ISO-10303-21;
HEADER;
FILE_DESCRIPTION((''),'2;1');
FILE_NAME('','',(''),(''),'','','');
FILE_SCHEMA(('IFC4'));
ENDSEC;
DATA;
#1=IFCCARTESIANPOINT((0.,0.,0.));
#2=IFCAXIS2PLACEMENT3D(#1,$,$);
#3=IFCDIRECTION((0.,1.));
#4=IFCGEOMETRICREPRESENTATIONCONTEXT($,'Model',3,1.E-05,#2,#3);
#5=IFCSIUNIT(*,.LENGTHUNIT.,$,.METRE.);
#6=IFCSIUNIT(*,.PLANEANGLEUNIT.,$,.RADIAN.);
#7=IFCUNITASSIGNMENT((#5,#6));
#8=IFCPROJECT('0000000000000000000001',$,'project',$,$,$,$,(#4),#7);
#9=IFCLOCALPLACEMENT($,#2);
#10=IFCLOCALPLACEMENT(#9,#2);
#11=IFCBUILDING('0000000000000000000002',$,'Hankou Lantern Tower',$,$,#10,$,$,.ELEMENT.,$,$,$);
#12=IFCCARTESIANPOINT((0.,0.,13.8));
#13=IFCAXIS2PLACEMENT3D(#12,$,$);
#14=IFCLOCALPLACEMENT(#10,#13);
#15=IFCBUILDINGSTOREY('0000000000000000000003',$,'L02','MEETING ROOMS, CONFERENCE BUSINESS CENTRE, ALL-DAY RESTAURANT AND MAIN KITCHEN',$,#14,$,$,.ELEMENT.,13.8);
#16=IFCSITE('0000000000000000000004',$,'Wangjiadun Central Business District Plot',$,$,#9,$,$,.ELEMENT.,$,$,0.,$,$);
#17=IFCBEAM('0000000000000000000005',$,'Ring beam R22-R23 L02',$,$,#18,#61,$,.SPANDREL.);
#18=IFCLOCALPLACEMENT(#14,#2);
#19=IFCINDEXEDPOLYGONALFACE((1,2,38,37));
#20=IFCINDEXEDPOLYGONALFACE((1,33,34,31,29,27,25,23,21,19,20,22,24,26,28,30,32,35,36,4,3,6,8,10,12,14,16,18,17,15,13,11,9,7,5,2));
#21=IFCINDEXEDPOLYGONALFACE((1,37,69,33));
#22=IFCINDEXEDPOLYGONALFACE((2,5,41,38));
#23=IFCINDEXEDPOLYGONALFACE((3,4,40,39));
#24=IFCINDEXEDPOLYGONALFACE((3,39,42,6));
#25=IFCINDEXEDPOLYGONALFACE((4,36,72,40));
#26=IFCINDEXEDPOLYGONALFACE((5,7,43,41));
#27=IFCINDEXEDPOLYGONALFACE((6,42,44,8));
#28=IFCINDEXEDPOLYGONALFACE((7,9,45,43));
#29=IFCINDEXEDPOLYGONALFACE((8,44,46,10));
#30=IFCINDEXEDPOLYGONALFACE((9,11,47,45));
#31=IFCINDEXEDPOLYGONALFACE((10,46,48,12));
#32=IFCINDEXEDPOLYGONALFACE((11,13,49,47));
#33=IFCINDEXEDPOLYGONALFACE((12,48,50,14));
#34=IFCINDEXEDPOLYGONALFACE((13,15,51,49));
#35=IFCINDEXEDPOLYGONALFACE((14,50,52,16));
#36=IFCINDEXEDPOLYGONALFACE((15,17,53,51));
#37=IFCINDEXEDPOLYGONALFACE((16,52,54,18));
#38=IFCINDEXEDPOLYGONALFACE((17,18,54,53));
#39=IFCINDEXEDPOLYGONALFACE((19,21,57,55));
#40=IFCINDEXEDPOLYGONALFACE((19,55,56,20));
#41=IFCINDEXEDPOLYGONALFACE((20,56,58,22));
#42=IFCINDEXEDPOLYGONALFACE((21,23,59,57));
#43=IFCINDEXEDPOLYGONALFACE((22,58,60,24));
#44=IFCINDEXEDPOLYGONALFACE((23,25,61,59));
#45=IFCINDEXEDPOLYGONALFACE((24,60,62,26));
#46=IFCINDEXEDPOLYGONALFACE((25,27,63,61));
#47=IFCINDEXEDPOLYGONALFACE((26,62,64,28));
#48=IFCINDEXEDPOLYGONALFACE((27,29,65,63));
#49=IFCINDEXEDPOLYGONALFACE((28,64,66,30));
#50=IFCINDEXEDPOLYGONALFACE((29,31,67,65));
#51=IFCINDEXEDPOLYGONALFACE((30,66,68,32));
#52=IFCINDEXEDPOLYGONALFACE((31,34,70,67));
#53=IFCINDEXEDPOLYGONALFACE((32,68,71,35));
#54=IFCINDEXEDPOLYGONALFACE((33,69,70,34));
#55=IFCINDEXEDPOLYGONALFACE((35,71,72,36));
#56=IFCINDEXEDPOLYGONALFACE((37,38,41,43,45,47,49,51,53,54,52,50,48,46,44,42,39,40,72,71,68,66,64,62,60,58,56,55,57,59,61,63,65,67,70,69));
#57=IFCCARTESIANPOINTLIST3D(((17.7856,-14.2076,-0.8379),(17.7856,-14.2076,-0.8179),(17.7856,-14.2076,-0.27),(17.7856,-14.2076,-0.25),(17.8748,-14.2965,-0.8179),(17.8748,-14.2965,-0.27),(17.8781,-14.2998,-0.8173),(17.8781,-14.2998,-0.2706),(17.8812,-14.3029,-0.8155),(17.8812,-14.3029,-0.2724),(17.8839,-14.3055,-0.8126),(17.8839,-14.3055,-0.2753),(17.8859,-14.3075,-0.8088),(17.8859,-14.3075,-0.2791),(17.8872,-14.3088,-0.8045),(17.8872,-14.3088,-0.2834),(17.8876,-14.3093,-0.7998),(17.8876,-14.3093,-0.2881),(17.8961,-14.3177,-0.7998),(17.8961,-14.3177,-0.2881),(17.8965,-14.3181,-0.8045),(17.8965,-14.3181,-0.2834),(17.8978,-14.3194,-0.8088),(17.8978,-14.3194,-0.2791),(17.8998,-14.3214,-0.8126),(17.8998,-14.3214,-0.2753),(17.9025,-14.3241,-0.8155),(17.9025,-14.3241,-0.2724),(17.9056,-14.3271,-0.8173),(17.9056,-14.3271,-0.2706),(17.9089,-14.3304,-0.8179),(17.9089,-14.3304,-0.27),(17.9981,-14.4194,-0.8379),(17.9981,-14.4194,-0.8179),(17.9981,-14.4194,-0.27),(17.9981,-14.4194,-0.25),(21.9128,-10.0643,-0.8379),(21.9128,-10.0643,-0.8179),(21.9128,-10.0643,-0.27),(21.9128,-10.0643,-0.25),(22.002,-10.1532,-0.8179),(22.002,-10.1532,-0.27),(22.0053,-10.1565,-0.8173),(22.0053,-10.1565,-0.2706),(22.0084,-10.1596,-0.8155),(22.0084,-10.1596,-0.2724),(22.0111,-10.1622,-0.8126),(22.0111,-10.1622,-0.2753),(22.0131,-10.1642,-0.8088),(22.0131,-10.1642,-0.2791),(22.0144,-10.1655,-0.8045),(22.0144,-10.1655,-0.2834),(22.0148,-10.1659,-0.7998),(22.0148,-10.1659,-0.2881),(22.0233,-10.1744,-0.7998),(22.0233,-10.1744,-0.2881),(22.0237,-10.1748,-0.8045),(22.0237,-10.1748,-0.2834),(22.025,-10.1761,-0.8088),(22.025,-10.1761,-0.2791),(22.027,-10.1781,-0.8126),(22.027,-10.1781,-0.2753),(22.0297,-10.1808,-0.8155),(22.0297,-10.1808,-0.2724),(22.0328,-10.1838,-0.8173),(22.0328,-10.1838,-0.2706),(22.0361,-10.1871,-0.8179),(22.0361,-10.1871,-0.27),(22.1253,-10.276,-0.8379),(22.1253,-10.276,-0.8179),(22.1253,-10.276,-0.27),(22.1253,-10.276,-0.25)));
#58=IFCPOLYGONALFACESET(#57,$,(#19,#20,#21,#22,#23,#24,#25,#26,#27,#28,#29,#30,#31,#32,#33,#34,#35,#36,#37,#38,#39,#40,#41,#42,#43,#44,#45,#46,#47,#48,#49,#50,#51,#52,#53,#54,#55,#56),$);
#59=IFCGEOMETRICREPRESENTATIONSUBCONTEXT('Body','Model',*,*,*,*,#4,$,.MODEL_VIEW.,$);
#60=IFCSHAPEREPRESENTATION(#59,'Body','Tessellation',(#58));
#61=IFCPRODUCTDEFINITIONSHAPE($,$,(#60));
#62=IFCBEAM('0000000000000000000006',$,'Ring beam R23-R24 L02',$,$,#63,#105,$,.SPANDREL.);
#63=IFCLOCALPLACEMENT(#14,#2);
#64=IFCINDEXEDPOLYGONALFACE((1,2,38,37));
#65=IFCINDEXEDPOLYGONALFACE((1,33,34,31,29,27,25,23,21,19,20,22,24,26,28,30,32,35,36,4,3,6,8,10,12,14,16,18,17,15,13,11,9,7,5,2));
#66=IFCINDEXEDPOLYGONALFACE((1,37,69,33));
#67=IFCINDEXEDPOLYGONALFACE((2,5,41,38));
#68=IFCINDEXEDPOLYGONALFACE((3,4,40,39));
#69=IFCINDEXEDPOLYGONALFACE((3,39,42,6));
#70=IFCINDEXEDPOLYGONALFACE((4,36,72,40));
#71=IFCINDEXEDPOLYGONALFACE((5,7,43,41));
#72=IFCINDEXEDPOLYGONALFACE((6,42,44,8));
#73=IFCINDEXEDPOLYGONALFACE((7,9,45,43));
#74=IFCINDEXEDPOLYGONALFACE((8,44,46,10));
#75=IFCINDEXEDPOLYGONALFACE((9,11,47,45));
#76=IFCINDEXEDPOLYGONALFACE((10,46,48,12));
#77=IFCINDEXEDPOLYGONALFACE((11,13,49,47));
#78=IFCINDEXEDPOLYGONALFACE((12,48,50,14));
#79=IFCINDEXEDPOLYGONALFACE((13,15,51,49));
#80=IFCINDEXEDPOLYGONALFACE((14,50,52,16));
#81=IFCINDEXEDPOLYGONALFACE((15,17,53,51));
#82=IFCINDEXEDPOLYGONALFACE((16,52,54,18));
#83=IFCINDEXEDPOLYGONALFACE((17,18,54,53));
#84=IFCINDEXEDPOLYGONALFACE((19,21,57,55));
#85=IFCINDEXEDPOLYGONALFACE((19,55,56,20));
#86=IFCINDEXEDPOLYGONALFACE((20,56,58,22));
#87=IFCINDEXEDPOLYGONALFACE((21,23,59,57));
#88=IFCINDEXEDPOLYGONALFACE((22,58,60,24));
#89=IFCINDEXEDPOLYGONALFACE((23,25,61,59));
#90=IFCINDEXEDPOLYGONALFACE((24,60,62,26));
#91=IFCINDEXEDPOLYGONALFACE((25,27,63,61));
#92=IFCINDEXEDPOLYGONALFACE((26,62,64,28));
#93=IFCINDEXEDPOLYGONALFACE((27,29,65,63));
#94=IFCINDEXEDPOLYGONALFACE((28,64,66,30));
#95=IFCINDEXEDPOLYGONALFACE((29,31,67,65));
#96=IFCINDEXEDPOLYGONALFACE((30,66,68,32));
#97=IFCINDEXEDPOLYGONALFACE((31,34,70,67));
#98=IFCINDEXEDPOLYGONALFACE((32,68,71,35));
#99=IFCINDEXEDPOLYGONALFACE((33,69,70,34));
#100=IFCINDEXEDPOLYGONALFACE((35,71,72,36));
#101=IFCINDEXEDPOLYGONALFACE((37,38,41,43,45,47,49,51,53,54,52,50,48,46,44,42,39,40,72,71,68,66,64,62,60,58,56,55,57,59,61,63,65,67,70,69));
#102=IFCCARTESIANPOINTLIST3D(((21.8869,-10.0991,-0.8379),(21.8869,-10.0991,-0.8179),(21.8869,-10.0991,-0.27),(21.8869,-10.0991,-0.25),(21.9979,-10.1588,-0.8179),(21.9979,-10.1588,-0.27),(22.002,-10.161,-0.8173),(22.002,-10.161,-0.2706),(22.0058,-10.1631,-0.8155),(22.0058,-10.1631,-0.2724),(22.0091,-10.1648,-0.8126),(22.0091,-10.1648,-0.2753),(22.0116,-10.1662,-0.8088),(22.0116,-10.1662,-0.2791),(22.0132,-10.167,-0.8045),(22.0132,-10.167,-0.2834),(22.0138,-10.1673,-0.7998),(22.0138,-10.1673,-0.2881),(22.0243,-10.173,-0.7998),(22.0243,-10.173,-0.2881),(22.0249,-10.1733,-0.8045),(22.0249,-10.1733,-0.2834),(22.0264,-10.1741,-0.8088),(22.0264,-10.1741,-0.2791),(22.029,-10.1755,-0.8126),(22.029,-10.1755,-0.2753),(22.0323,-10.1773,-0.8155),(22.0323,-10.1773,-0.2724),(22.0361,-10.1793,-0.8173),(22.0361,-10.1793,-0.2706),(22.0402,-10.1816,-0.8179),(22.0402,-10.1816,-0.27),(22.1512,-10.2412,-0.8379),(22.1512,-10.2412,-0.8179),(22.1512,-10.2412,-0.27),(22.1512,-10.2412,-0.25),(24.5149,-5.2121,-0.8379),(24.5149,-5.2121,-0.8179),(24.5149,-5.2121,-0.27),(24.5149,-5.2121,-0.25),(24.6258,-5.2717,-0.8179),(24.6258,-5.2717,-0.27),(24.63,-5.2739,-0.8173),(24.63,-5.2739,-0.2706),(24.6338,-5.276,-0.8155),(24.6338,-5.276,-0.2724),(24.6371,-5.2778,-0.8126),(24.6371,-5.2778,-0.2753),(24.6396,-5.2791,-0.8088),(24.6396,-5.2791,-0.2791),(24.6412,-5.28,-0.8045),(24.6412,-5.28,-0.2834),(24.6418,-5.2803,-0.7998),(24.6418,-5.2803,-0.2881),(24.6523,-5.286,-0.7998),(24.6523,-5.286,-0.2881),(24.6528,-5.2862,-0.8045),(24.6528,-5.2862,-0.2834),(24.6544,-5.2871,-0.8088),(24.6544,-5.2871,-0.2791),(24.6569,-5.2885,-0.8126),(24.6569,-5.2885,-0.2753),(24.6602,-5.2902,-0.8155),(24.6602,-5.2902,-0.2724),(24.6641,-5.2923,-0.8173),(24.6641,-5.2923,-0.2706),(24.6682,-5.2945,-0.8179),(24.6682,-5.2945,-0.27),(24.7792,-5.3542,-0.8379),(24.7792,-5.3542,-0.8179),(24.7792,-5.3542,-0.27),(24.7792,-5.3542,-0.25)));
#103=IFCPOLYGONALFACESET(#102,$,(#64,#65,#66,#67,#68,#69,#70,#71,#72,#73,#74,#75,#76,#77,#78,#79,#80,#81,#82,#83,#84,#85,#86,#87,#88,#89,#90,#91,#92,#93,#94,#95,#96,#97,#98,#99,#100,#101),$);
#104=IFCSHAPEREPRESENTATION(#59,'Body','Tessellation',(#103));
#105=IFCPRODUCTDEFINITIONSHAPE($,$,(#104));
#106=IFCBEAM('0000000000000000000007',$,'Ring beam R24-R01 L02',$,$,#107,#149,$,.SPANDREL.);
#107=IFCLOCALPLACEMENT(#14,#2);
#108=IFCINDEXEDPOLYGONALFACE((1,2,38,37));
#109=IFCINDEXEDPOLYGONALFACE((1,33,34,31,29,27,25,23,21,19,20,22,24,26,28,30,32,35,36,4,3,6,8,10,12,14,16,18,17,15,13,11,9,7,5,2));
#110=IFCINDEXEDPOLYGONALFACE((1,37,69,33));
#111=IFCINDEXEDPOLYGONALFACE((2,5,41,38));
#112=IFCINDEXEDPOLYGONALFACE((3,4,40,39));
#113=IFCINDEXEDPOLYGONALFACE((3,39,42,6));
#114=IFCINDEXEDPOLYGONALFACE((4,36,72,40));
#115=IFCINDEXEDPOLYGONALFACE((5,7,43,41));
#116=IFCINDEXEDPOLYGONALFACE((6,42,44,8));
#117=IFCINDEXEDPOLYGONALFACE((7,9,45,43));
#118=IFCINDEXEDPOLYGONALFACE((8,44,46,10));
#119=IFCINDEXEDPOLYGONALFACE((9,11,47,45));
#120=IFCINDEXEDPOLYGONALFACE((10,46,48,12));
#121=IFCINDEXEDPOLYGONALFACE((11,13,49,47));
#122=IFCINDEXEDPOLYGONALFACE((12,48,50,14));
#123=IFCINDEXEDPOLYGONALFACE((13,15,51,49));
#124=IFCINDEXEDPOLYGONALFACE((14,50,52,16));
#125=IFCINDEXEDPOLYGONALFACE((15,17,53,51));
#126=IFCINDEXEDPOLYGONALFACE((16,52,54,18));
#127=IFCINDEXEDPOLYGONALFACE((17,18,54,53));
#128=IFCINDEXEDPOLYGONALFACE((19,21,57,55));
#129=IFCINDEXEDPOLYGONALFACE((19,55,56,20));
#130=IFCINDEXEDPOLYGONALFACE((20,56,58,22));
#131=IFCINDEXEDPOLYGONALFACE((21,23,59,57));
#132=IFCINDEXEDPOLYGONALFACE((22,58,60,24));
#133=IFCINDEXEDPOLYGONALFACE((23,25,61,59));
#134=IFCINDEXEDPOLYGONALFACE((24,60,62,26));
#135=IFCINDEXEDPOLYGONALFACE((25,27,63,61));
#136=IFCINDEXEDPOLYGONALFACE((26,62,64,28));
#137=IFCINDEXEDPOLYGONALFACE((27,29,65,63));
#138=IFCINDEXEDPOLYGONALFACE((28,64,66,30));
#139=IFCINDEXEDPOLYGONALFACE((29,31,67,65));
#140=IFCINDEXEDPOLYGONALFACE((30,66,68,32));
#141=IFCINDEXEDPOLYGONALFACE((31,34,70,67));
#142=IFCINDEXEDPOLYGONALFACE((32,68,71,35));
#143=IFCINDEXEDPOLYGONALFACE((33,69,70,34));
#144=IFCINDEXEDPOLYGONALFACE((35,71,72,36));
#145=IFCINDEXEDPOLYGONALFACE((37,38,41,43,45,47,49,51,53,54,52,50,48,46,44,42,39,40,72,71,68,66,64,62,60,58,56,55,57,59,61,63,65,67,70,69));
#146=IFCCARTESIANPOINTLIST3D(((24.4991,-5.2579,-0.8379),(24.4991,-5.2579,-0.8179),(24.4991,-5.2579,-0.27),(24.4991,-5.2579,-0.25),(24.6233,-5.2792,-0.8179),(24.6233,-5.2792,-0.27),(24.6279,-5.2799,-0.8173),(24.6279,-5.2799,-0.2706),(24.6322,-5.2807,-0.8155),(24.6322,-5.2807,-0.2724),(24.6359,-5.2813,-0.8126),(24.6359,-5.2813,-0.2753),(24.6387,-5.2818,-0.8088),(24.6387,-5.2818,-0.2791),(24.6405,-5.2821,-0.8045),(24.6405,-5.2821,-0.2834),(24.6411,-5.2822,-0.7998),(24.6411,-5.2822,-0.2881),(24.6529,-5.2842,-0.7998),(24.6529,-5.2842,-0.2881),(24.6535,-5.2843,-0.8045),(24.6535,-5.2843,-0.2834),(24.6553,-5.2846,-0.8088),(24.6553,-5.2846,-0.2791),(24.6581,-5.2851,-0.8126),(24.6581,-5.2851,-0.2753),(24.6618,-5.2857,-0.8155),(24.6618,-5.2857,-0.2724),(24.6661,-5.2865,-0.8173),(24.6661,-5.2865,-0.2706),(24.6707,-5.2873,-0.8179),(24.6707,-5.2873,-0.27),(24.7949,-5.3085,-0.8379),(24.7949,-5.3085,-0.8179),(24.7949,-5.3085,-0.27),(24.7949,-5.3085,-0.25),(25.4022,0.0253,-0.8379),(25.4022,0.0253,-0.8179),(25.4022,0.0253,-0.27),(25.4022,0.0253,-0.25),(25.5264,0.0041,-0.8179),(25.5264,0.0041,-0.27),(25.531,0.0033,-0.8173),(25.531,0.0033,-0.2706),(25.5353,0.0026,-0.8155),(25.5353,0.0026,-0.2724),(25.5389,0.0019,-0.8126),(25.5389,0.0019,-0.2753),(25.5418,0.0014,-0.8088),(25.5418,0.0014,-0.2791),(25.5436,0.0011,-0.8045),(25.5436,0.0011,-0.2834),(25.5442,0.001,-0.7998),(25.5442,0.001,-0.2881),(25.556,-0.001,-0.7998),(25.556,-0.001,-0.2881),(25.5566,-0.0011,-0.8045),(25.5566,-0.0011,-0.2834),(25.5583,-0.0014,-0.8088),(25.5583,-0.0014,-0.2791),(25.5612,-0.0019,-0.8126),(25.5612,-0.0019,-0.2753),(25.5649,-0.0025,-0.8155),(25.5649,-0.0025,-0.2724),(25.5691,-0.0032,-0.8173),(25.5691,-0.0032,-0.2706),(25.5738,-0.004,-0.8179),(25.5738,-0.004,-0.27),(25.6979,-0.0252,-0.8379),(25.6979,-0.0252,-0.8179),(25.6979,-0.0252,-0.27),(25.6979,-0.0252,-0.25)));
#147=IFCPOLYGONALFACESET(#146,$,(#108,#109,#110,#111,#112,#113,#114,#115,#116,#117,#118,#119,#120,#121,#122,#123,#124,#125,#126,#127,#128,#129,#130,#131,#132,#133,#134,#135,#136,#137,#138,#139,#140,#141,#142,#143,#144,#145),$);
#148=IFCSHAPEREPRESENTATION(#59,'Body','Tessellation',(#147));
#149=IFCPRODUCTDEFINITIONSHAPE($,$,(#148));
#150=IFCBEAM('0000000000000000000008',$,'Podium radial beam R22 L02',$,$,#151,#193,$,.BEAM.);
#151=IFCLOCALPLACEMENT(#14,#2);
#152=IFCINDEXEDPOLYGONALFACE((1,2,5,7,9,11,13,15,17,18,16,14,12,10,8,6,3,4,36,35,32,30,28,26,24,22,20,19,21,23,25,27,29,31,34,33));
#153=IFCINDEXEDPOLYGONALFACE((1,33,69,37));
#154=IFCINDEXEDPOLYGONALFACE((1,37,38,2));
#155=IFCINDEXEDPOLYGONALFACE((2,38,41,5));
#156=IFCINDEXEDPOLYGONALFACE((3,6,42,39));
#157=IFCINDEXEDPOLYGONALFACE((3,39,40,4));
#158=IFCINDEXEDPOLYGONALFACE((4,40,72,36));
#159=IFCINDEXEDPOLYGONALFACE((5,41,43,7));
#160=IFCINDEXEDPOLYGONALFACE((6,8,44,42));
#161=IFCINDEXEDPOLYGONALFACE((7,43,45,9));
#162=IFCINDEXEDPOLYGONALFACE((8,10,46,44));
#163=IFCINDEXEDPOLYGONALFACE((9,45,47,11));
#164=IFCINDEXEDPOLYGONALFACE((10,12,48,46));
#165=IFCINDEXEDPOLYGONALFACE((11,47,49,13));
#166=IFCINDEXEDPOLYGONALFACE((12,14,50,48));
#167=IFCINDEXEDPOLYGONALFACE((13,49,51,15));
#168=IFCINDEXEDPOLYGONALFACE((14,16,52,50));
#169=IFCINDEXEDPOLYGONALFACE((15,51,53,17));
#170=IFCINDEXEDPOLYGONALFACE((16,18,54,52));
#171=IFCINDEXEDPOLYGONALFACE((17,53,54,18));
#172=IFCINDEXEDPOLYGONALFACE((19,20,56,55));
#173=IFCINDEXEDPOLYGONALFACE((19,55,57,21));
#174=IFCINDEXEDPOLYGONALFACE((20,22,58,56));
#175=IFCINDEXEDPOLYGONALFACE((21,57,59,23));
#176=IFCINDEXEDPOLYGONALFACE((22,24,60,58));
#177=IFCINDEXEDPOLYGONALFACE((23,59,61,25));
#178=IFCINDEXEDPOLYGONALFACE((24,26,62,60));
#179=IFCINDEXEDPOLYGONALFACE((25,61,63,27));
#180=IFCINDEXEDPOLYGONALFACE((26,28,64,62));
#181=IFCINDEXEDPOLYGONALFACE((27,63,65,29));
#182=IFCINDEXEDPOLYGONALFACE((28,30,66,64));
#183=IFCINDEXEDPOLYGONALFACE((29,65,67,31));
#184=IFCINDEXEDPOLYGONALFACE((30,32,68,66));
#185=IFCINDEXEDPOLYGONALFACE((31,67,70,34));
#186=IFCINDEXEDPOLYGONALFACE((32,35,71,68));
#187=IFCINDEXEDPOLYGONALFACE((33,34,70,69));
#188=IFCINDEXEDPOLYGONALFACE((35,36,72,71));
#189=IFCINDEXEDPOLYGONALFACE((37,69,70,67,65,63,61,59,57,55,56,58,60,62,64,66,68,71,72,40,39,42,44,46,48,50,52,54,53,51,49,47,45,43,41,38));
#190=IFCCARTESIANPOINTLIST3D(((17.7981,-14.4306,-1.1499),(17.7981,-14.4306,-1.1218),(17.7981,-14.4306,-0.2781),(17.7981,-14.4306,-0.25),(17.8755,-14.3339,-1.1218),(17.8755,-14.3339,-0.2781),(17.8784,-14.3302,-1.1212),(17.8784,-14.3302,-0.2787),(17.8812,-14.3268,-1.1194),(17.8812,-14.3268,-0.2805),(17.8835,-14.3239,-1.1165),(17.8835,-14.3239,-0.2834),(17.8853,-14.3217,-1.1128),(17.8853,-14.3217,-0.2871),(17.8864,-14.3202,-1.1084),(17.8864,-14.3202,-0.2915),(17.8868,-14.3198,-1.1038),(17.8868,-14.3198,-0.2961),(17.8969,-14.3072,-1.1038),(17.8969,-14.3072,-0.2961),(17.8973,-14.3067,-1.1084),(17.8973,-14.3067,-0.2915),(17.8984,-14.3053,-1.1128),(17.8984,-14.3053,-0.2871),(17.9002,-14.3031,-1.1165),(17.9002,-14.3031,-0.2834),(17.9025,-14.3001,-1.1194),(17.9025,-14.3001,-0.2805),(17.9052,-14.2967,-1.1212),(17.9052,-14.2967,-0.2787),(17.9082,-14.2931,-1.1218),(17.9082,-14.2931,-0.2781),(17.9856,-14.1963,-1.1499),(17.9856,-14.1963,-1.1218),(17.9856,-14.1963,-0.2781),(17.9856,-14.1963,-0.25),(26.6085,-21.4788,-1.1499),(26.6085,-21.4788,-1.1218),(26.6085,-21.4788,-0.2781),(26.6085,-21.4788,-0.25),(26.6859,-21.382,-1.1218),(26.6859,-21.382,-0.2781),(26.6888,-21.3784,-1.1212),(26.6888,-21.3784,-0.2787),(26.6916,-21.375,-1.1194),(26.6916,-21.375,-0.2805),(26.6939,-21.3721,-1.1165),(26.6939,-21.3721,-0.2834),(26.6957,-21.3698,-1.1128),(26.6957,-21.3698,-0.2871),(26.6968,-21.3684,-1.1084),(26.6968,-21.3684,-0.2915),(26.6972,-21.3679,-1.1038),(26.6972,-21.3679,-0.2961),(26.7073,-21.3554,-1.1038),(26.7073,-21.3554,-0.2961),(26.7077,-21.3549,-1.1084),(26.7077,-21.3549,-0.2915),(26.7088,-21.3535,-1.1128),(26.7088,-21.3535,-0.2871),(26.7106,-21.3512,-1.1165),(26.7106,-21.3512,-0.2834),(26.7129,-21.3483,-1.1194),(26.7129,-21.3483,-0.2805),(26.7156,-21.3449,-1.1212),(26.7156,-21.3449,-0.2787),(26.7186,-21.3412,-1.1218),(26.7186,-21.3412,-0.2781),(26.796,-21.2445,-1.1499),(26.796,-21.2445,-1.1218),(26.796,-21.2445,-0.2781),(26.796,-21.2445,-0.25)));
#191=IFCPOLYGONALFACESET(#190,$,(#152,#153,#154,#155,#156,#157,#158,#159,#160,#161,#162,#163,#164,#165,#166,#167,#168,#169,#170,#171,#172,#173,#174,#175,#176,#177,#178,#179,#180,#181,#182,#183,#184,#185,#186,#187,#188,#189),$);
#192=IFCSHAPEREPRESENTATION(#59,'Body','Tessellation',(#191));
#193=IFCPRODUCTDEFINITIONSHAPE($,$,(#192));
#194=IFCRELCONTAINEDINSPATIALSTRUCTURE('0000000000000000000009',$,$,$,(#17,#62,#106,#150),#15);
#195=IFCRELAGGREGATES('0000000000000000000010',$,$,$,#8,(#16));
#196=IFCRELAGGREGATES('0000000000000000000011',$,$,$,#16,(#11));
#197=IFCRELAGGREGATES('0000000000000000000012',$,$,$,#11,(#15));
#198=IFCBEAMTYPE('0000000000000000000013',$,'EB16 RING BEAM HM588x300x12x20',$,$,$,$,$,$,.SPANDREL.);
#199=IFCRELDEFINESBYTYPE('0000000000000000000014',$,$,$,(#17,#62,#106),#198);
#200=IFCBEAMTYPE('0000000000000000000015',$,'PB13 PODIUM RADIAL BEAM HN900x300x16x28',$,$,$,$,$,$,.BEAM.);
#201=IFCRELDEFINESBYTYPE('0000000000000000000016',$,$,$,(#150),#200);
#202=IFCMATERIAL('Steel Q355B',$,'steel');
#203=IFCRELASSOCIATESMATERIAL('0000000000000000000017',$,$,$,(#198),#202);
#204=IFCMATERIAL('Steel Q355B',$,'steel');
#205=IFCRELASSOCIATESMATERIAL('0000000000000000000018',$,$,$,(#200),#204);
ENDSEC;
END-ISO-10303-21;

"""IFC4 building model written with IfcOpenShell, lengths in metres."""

from ifc_helpers import new_model, si_unit, direction, frame, origin, origin_2d, place, context, subcontext, project, spatial, i_section, extrude, material, material_profile, profile_set, type_object, element, save


model = new_model("IFC4")

# Units and contexts
model_context = context("Model", 3, precision=1e-05, world=origin(), true_north=direction((0.0, 1.0)))
body_context = subcontext(model_context, "Body", "Model", "MODEL_VIEW")
ifc_project = project(units=[si_unit("LENGTHUNIT", "METRE"), si_unit("PLANEANGLEUNIT", "RADIAN")], contexts=[model_context])

# Site, building, storey
site_placement = place(None, origin())
site = spatial("IfcSite", under=ifc_project, at=site_placement, Name="Wangjiadun Central Business District Plot", CompositionType="ELEMENT", RefElevation=0.0)
building_placement = place(site_placement, origin())
building = spatial("IfcBuilding", under=site, at=building_placement, Name="Hankou Lantern Tower", CompositionType="ELEMENT")
storey_placement = place(building_placement, frame((0.0, 0.0, 13.8)))
storey = spatial("IfcBuildingStorey", under=building, at=storey_placement, Name="L02", Description="MEETING ROOMS, CONFERENCE BUSINESS CENTRE, ALL-DAY RESTAURANT AND MAIN KITCHEN", CompositionType="ELEMENT", Elevation=13.8)

# Beams
ifc_material_1 = material(Name="Steel Q355B", Category="steel")
ifc_material_profile_1 = material_profile(ifc_material_1, i_section(OverallWidth=0.3, OverallDepth=0.5879, WebThickness=0.012, FlangeThickness=0.02, FilletRadius=0.0181, at=origin_2d()), Name="HM588x300x12x20")
ifc_profile_set_1 = profile_set([ifc_material_profile_1], Name="Steel Q355B")
beam_type_1 = type_object("IfcBeamType", Name="EB16 RING BEAM HM588x300x12x20", PredefinedType="SPANDREL", material=ifc_profile_set_1)
beam_1_placement = place(storey_placement, frame((17.8918, -14.3135, -0.5439), z_axis=(0.705728, 0.708483, 0.0), x_axis=(-0.708483, 0.705728, 0.0)))
element("IfcBeam", 1, at=beam_1_placement, inside=storey, type_object=beam_type_1, Name="Ring beam R22-R23 L02", PredefinedType="SPANDREL", context=body_context, shape_type="SweptSolid", body=[
    extrude(i_section(OverallWidth=0.3, OverallDepth=0.5879, WebThickness=0.012, FlangeThickness=0.02, FilletRadius=0.0181, at=origin_2d()), origin(), (0.0, 0.0, 1.0), 5.8481),
])
beam_2_placement = place(storey_placement, frame((22.019, -10.1702, -0.5439), z_axis=(0.473609, 0.880735, 0.0), x_axis=(-0.880735, 0.473609, 0.0)))
element("IfcBeam", 2, at=beam_2_placement, inside=storey, type_object=beam_type_1, Name="Ring beam R23-R24 L02", PredefinedType="SPANDREL", context=body_context, shape_type="SweptSolid", body=[
    extrude(i_section(OverallWidth=0.3, OverallDepth=0.5879, WebThickness=0.012, FlangeThickness=0.02, FilletRadius=0.0181, at=origin_2d()), origin(), (0.0, 0.0, 1.0), 5.5488),
])
beam_3_placement = place(storey_placement, frame((24.647, -5.2832, -0.5439), z_axis=(0.16849, 0.985703, 0.0), x_axis=(-0.985703, 0.16849, 0.0)))
element("IfcBeam", 3, at=beam_3_placement, inside=storey, type_object=beam_type_1, Name="Ring beam R24-R01 L02", PredefinedType="SPANDREL", context=body_context, shape_type="SweptSolid", body=[
    extrude(i_section(OverallWidth=0.3, OverallDepth=0.5879, WebThickness=0.012, FlangeThickness=0.02, FilletRadius=0.0181, at=origin_2d()), origin(), (0.0, 0.0, 1.0), 5.3599),
])
ifc_material_2 = material(Name="Steel Q355B", Category="steel")
ifc_material_profile_2 = material_profile(ifc_material_2, i_section(OverallWidth=0.3, OverallDepth=0.8999, WebThickness=0.0161, FlangeThickness=0.0281, FilletRadius=0.0181, at=origin_2d()), Name="HN900x300x16x28")
ifc_profile_set_2 = profile_set([ifc_material_profile_2], Name="Steel Q355B")
beam_type_2 = type_object("IfcBeamType", Name="PB13 PODIUM RADIAL BEAM HN900x300x16x28", PredefinedType="BEAM", material=ifc_profile_set_2)
beam_4_placement = place(storey_placement, frame((17.8918, -14.3135, -0.7), z_axis=(0.780875, -0.624687, 0.0), x_axis=(0.624687, 0.780875, 0.0)))
element("IfcBeam", 4, at=beam_4_placement, inside=storey, type_object=beam_type_2, Name="Podium radial beam R22 L02", PredefinedType="BEAM", context=body_context, shape_type="SweptSolid", body=[
    extrude(i_section(OverallWidth=0.3, OverallDepth=0.8999, WebThickness=0.0161, FlangeThickness=0.0281, FilletRadius=0.0181, at=origin_2d()), origin(), (0.0, 0.0, 1.0), 11.2827),
])

save(model, "model.ifc")
